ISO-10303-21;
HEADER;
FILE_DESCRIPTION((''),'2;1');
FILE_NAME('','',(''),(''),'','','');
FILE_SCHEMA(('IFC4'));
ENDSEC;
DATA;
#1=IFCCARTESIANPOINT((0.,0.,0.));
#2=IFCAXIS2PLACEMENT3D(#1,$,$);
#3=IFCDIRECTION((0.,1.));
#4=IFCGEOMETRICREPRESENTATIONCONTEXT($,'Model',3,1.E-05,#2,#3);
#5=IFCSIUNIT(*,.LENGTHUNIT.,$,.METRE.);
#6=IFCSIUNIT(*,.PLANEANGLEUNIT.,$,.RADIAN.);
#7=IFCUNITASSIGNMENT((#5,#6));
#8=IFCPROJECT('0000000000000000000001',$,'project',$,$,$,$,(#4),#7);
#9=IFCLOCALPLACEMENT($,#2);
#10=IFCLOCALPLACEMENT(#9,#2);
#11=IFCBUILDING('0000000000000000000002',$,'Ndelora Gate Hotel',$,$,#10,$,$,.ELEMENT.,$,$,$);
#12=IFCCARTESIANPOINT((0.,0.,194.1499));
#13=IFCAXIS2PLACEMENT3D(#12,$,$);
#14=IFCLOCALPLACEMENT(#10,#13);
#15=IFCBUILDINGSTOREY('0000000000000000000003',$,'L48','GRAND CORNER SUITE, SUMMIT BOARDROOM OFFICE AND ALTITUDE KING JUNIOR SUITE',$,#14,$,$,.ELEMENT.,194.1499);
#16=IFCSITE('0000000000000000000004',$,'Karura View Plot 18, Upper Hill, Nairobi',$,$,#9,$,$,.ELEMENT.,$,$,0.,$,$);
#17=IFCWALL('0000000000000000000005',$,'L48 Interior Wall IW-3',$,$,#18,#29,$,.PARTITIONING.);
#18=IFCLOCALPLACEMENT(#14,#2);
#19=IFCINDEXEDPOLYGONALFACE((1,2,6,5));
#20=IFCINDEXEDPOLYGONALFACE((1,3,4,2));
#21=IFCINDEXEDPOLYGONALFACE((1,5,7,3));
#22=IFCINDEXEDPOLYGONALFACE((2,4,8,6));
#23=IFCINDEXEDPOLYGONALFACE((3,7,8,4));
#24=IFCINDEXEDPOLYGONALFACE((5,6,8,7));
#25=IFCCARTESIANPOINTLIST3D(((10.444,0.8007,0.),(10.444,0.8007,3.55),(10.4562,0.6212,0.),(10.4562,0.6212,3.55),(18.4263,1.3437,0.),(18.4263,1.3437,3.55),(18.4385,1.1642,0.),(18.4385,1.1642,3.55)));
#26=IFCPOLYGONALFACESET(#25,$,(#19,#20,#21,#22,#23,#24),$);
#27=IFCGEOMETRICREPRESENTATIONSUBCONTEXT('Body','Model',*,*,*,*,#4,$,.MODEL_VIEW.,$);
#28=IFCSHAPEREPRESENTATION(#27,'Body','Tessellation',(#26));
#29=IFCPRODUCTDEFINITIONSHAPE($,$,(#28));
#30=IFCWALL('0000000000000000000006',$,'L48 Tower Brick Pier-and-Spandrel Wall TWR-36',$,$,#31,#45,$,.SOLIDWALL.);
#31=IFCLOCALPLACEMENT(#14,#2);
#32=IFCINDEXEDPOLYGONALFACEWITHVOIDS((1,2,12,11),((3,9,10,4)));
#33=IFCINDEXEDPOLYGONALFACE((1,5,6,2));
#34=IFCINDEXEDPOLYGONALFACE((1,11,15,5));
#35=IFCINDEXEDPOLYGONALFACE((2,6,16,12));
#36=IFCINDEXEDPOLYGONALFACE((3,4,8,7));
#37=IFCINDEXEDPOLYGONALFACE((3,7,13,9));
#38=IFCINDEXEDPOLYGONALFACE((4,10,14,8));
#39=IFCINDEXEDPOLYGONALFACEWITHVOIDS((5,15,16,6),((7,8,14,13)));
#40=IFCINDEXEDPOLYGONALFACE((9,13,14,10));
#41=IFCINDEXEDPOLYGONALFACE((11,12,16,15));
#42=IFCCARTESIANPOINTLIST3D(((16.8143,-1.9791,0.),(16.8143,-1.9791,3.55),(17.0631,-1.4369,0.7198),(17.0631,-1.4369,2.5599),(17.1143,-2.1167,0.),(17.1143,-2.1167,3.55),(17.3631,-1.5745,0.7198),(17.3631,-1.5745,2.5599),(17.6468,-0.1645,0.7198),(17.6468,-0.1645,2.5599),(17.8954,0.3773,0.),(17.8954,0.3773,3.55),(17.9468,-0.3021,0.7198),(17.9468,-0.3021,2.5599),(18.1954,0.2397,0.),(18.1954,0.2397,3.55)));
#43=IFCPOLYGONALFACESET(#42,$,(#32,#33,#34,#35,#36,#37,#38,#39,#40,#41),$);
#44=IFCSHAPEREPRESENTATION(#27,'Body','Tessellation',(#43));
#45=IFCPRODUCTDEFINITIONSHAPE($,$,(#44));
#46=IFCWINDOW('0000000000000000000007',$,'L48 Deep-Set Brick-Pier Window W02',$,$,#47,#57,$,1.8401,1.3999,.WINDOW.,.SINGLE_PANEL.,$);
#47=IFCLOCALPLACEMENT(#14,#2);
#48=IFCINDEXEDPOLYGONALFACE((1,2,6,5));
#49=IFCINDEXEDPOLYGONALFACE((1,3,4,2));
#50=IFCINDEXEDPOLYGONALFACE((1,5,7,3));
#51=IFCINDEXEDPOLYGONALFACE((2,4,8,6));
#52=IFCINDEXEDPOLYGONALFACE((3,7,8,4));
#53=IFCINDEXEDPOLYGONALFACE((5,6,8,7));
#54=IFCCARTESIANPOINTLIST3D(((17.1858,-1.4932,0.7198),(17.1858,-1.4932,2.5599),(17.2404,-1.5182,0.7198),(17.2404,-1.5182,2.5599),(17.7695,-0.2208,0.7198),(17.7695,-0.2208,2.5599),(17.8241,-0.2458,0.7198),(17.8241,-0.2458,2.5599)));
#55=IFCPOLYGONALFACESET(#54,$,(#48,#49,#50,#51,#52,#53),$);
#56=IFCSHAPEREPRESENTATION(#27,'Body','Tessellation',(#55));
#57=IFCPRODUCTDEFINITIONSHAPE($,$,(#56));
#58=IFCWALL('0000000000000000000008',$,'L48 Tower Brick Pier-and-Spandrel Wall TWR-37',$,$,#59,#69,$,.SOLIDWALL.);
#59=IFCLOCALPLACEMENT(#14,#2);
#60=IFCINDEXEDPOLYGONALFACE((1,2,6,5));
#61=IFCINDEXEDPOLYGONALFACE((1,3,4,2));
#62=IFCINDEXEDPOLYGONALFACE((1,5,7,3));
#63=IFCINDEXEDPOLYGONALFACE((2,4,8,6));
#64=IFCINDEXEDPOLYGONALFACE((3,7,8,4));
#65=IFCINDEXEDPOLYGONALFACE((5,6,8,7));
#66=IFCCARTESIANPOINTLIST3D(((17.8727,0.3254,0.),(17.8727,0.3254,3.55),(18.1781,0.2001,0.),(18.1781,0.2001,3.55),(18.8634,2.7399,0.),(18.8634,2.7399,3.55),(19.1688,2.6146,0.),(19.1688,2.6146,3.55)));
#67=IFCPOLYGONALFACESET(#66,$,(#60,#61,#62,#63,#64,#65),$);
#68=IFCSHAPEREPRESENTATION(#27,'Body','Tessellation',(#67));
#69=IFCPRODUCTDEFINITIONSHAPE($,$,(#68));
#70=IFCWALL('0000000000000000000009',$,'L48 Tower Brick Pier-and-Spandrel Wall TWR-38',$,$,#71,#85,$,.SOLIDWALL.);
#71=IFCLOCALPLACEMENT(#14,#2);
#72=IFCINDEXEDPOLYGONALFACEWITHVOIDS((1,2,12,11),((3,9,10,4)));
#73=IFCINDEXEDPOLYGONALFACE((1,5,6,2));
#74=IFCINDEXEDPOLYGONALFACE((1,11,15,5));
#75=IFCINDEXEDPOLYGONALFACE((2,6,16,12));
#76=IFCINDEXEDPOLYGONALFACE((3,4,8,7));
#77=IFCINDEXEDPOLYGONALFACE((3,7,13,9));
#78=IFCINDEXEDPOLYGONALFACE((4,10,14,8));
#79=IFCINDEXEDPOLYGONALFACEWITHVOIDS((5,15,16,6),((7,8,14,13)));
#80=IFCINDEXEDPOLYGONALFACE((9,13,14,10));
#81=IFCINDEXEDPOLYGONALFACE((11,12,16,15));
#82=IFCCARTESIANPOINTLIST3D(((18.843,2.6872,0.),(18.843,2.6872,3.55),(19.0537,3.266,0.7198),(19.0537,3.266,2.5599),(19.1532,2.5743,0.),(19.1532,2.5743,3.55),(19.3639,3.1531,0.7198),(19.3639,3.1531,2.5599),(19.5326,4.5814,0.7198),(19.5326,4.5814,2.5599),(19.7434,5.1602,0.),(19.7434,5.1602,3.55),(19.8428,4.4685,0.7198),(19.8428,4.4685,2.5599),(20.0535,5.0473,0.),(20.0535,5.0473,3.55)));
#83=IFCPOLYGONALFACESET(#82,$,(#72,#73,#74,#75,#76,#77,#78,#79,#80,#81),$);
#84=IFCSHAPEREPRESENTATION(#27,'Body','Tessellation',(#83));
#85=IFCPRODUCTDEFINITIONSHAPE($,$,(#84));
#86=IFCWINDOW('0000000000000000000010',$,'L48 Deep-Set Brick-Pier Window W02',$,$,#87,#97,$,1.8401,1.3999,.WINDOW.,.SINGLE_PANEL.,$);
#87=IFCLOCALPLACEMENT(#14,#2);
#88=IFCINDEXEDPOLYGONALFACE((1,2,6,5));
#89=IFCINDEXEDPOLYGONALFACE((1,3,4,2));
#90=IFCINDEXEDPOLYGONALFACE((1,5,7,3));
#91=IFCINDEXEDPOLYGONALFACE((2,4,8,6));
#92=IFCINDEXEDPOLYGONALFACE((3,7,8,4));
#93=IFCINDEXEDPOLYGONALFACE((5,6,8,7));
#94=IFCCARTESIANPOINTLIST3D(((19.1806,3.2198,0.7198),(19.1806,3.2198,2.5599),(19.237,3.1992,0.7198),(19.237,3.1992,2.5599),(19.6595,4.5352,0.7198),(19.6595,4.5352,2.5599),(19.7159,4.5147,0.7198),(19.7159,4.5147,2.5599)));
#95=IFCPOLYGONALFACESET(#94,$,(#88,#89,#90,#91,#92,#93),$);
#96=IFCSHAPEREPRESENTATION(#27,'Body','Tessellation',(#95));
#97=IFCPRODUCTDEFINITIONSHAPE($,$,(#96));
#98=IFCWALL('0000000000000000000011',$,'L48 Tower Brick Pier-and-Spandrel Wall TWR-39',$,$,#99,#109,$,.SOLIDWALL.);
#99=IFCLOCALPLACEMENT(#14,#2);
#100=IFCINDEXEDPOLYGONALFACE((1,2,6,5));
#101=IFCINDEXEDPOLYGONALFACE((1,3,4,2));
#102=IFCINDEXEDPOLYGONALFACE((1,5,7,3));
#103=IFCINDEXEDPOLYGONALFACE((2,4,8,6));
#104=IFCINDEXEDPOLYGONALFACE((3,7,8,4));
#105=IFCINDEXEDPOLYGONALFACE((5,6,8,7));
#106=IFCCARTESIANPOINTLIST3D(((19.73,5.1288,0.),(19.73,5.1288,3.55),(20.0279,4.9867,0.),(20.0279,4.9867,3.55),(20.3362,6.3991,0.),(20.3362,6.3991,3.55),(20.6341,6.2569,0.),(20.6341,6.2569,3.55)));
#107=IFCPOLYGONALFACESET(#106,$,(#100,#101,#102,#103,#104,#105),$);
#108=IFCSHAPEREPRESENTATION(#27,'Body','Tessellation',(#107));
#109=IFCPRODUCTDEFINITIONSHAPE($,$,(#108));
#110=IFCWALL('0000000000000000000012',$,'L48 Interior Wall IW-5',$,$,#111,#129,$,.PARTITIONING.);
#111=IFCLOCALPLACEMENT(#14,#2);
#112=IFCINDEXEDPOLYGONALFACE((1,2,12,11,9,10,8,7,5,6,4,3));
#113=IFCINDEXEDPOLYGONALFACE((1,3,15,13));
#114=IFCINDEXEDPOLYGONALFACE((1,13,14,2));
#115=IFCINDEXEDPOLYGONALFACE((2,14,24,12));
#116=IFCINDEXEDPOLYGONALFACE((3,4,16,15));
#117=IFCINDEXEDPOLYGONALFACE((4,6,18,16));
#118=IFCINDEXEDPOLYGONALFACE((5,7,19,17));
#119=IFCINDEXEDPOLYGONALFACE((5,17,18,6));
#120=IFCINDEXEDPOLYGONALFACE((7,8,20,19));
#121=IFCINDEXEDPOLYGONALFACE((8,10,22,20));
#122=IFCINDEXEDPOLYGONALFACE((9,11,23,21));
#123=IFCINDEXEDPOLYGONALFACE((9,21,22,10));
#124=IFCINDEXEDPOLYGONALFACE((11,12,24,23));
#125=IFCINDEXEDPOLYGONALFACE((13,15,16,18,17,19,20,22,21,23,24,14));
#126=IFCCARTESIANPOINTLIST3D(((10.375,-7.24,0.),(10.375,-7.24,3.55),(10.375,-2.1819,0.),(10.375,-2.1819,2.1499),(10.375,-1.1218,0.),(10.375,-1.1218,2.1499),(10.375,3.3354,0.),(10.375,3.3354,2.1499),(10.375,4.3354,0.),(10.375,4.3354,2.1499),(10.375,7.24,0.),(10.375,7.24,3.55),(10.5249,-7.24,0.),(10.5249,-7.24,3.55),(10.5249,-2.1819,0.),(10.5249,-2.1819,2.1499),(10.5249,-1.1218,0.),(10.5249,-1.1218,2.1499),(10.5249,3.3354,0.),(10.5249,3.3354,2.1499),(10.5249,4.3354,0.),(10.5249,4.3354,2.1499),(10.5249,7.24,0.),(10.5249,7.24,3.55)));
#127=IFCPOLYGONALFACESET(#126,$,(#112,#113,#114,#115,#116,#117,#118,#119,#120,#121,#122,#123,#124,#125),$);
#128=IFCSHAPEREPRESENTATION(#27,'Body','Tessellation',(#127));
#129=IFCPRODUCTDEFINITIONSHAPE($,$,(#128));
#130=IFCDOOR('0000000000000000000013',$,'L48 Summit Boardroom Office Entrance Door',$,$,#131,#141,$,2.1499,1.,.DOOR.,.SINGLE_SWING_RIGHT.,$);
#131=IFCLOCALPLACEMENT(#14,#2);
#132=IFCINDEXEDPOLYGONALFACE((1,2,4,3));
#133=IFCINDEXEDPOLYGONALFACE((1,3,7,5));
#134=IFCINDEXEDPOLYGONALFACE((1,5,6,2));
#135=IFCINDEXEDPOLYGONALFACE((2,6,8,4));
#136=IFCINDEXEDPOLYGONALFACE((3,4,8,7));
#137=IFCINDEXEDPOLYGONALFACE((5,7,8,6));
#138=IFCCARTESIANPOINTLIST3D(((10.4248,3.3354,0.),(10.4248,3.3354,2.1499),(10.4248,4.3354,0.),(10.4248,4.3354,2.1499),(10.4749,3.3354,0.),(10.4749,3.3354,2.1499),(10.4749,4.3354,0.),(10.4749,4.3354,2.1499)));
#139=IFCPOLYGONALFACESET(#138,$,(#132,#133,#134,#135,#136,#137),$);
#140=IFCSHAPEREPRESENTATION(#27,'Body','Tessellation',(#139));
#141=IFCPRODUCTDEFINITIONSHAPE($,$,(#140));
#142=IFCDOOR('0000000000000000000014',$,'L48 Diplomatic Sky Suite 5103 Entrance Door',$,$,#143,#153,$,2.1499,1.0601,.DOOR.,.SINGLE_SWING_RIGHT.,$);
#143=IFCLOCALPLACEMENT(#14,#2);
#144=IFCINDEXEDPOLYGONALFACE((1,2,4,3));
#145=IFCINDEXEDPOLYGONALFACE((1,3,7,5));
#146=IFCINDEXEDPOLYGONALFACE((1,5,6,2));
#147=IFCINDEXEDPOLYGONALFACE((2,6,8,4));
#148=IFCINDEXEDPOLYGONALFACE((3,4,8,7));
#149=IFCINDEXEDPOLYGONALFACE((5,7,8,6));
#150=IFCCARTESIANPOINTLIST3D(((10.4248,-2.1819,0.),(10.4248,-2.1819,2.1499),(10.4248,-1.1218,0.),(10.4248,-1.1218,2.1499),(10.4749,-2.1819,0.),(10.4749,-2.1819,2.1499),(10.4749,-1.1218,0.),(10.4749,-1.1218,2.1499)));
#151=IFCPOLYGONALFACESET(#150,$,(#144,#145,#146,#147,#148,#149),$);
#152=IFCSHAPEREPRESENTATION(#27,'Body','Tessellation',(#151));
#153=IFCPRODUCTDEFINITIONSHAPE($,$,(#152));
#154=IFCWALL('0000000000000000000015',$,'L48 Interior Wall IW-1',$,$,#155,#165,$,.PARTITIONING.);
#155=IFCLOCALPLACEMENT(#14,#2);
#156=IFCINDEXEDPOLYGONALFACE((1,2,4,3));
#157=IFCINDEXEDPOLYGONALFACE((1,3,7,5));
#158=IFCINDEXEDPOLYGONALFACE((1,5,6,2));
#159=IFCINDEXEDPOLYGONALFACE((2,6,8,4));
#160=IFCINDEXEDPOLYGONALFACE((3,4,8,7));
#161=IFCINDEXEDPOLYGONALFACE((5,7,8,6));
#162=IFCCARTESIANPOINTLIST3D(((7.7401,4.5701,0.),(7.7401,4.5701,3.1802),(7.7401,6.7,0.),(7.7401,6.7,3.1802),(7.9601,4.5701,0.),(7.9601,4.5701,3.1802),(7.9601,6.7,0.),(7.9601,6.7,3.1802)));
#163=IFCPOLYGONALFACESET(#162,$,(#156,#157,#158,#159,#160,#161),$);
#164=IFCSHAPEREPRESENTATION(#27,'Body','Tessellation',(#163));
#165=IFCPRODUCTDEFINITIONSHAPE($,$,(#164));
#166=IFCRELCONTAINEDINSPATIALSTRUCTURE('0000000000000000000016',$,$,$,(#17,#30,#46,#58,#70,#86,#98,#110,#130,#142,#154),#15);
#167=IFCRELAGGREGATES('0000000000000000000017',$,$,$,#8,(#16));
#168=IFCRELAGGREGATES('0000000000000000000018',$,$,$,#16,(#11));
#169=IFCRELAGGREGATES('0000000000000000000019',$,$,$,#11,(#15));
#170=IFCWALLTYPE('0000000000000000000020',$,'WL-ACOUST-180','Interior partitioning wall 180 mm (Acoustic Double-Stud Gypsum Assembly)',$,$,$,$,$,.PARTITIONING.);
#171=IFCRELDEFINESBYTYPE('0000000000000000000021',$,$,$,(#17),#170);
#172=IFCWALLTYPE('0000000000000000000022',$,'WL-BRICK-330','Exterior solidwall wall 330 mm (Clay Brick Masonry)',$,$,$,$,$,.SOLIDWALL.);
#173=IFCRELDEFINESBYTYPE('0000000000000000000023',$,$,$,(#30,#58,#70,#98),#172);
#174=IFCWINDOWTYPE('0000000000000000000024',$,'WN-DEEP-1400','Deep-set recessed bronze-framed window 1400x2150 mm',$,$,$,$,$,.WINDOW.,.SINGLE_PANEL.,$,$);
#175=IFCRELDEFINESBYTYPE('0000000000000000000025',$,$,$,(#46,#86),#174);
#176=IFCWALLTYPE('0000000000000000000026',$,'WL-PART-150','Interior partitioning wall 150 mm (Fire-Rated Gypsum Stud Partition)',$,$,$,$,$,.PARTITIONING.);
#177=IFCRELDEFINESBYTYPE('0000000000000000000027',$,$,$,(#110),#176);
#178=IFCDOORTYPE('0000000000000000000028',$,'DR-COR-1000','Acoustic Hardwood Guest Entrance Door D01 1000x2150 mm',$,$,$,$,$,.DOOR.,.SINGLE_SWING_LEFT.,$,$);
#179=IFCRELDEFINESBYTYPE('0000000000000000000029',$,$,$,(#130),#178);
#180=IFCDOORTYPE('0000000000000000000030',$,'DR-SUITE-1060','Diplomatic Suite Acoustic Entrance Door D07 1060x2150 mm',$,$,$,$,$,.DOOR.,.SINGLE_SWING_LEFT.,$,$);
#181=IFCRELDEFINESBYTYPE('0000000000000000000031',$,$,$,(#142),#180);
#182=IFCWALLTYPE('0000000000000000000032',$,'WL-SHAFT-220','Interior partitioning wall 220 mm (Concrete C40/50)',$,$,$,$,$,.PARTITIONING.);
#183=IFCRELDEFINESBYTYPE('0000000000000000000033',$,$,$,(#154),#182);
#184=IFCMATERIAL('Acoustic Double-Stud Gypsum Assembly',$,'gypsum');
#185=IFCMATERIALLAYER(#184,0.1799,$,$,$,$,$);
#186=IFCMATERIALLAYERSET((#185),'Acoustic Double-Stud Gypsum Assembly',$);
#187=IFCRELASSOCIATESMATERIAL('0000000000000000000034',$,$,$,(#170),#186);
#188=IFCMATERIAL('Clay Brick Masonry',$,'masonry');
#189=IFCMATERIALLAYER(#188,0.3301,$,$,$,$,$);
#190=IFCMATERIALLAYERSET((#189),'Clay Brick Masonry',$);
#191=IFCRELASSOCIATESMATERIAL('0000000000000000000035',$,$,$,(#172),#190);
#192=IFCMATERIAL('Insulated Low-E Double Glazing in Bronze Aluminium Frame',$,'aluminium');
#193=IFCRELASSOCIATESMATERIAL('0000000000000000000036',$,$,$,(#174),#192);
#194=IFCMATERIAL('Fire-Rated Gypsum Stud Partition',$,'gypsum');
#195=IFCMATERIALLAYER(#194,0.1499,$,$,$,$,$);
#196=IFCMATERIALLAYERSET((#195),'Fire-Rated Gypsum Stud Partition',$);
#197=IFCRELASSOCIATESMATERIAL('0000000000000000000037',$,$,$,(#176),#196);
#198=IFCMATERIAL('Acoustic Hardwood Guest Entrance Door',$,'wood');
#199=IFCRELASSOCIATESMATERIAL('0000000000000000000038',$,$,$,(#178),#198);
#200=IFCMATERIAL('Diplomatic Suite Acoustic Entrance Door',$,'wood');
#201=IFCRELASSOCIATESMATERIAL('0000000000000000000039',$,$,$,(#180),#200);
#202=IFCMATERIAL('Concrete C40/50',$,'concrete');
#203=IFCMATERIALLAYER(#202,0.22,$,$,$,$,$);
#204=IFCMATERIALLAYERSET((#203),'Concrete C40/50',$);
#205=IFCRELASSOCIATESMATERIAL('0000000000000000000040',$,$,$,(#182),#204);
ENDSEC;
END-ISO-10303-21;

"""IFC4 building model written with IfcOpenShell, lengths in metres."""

from ifc_helpers import new_model, si_unit, direction, frame, frame_2d, origin, place, context, subcontext, project, spatial, rectangle, extrude, material, layer, layer_set, type_object, element, fill, save


model = new_model("IFC4")

# Units and contexts
model_context = context("Model", 3, precision=1e-05, world=origin(), true_north=direction((0.0, 1.0)))
body_context = subcontext(model_context, "Body", "Model", "MODEL_VIEW")
ifc_project = project(units=[si_unit("LENGTHUNIT", "METRE"), si_unit("PLANEANGLEUNIT", "RADIAN")], contexts=[model_context])

# Site, building, storey
site_placement = place(None, origin())
site = spatial("IfcSite", under=ifc_project, at=site_placement, Name="Karura View Plot 18, Upper Hill, Nairobi", CompositionType="ELEMENT", RefElevation=0.0)
building_placement = place(site_placement, origin())
building = spatial("IfcBuilding", under=site, at=building_placement, Name="Ndelora Gate Hotel", CompositionType="ELEMENT")
storey_placement = place(building_placement, frame((0.0, 0.0, 194.1499)))
storey = spatial("IfcBuildingStorey", under=building, at=storey_placement, Name="L48", Description="GRAND CORNER SUITE, SUMMIT BOARDROOM OFFICE AND ALTITUDE KING JUNIOR SUITE", CompositionType="ELEMENT", Elevation=194.1499)

# Wall
ifc_material_1 = material(Name="Acoustic Double-Stud Gypsum Assembly", Category="gypsum")
ifc_layer_1 = layer(ifc_material_1, 0.1799)
ifc_layer_set_1 = layer_set([ifc_layer_1], Name="Acoustic Double-Stud Gypsum Assembly")
wall_type_1 = type_object("IfcWallType", Name="WL-ACOUST-180", Description="Interior partitioning wall 180 mm (Acoustic Double-Stud Gypsum Assembly)", PredefinedType="PARTITIONING", material=ifc_layer_set_1)
wall_1_placement = place(storey_placement, frame((10.45, 0.7109, 0.0), z_axis=(0.0, 0.0, 1.0), x_axis=(0.997694, 0.067866, 0.0)))
element("IfcWall", 1, at=wall_1_placement, inside=storey, type_object=wall_type_1, Name="L48 Interior Wall IW-3", PredefinedType="PARTITIONING", context=body_context, shape_type="SweptSolid", body=[
    extrude(rectangle(XDim=8.0007, YDim=0.1799, at=frame_2d((4.0005, 0.0))), origin(), (0.0, 0.0, 1.0), 3.55),
])

# Wall, opening, window
ifc_material_2 = material(Name="Clay Brick Masonry", Category="masonry")
ifc_layer_2 = layer(ifc_material_2, 0.3301)
ifc_layer_set_2 = layer_set([ifc_layer_2], Name="Clay Brick Masonry")
wall_type_2 = type_object("IfcWallType", Name="WL-BRICK-330", Description="Exterior solidwall wall 330 mm (Clay Brick Masonry)", PredefinedType="SOLIDWALL", material=ifc_layer_set_2)
wall_2_placement = place(storey_placement, frame((18.0454, 0.3086, 0.0), z_axis=(0.0, 0.0, 1.0), x_axis=(-0.416979, -0.908916, 0.0)))
wall_2 = element("IfcWall", 2, at=wall_2_placement, inside=storey, type_object=wall_type_2, Name="L48 Tower Brick Pier-and-Spandrel Wall TWR-36", PredefinedType="SOLIDWALL", context=body_context, shape_type="SweptSolid", body=[
    extrude(rectangle(XDim=2.5925, YDim=0.3301, at=frame_2d((1.2964, 0.0))), origin(), (0.0, 0.0, 1.0), 3.55),
])
opening_1_placement = place(wall_2_placement, frame((0.5962, 0.0, 0.72)))
opening_1 = element("IfcOpeningElement", 3, at=opening_1_placement, cuts=wall_2, PredefinedType="OPENING", context=body_context, shape_type="SweptSolid", body=[
    extrude(rectangle(XDim=1.3999, YDim=1.8401, at=frame_2d((0.7, 0.9199))), frame((0.0, 0.175, 0.0), z_axis=(0.0, -1.0, 0.0), x_axis=(1.0, 0.0, 0.0)), (0.0, 0.0, 1.0), 0.3501),
])
ifc_material_3 = material(Name="Insulated Low-E Double Glazing in Bronze Aluminium Frame", Category="aluminium")
window_type = type_object("IfcWindowType", Name="WN-DEEP-1400", Description="Deep-set recessed bronze-framed window 1400x2150 mm", PartitioningType="SINGLE_PANEL", PredefinedType="WINDOW", material=ifc_material_3)
window_1_placement = place(opening_1_placement, origin())
window_1 = element("IfcWindow", 4, at=window_1_placement, inside=storey, type_object=window_type, Name="L48 Deep-Set Brick-Pier Window W02", OverallHeight=1.8401, OverallWidth=1.3999, PartitioningType="SINGLE_PANEL", PredefinedType="WINDOW", context=body_context, shape_type="SweptSolid", body=[
    extrude(rectangle(XDim=1.3999, YDim=1.8401, at=frame_2d((0.7, 0.9199))), frame((0.0, 0.03, 0.0), z_axis=(0.0, -1.0, 0.0), x_axis=(1.0, 0.0, 0.0)), (0.0, 0.0, 1.0), 0.0601),
])
fill(opening_1, window_1)

# Wall
wall_3_placement = place(storey_placement, frame((19.0161, 2.6772, 0.0), z_axis=(0.0, 0.0, 1.0), x_axis=(-0.379602, -0.92515, 0.0)))
element("IfcWall", 5, at=wall_3_placement, inside=storey, type_object=wall_type_2, Name="L48 Tower Brick Pier-and-Spandrel Wall TWR-37", PredefinedType="SOLIDWALL", context=body_context, shape_type="SweptSolid", body=[
    extrude(rectangle(XDim=2.6099, YDim=0.3301, at=frame_2d((1.3049, 0.0))), origin(), (0.0, 0.0, 1.0), 3.55),
])

# Wall, opening, window
wall_4_placement = place(storey_placement, frame((19.8984, 5.1038, 0.0), z_axis=(0.0, 0.0, 1.0), x_axis=(-0.342101, -0.939663, 0.0)))
wall_4 = element("IfcWall", 6, at=wall_4_placement, inside=storey, type_object=wall_type_2, Name="L48 Tower Brick Pier-and-Spandrel Wall TWR-38", PredefinedType="SOLIDWALL", context=body_context, shape_type="SweptSolid", body=[
    extrude(rectangle(XDim=2.6318, YDim=0.3301, at=frame_2d((1.3159, 0.0))), origin(), (0.0, 0.0, 1.0), 3.55),
])
opening_2_placement = place(wall_4_placement, frame((0.616, 0.0, 0.72)))
opening_2 = element("IfcOpeningElement", 7, at=opening_2_placement, cuts=wall_4, PredefinedType="OPENING", context=body_context, shape_type="SweptSolid", body=[
    extrude(rectangle(XDim=1.3999, YDim=1.8401, at=frame_2d((0.7, 0.9199))), frame((0.0, 0.175, 0.0), z_axis=(0.0, -1.0, 0.0), x_axis=(1.0, 0.0, 0.0)), (0.0, 0.0, 1.0), 0.3501),
])
window_2_placement = place(opening_2_placement, origin())
window_2 = element("IfcWindow", 8, at=window_2_placement, inside=storey, type_object=window_type, Name="L48 Deep-Set Brick-Pier Window W02", OverallHeight=1.8401, OverallWidth=1.3999, PartitioningType="SINGLE_PANEL", PredefinedType="WINDOW", context=body_context, shape_type="SweptSolid", body=[
    extrude(rectangle(XDim=1.3999, YDim=1.8401, at=frame_2d((0.7, 0.9199))), frame((0.0, 0.03, 0.0), z_axis=(0.0, -1.0, 0.0), x_axis=(1.0, 0.0, 0.0)), (0.0, 0.0, 1.0), 0.0601),
])
fill(opening_2, window_2)

# Wall
wall_5_placement = place(storey_placement, frame((20.4851, 6.3279, 0.0), z_axis=(0.0, 0.0, 1.0), x_axis=(-0.430694, -0.902498, 0.0)))
element("IfcWall", 9, at=wall_5_placement, inside=storey, type_object=wall_type_2, Name="L48 Tower Brick Pier-and-Spandrel Wall TWR-39", PredefinedType="SOLIDWALL", context=body_context, shape_type="SweptSolid", body=[
    extrude(rectangle(XDim=1.4075, YDim=0.3301, at=frame_2d((0.7036, 0.0))), origin(), (0.0, 0.0, 1.0), 3.55),
])

# Shared definitions
ifc_material_4 = material(Name="Concrete C40/50", Category="concrete")

# Wall, openings, doors
ifc_material_5 = material(Name="Fire-Rated Gypsum Stud Partition", Category="gypsum")
ifc_layer_3 = layer(ifc_material_5, 0.1499)
ifc_layer_set_3 = layer_set([ifc_layer_3], Name="Fire-Rated Gypsum Stud Partition")
wall_type_3 = type_object("IfcWallType", Name="WL-PART-150", Description="Interior partitioning wall 150 mm (Fire-Rated Gypsum Stud Partition)", PredefinedType="PARTITIONING", material=ifc_layer_set_3)
wall_6_placement = place(storey_placement, frame((10.45, 7.24, 0.0), z_axis=(0.0, 0.0, 1.0), x_axis=(0.0, -1.0, 0.0)))
wall_6 = element("IfcWall", 10, at=wall_6_placement, inside=storey, type_object=wall_type_3, Name="L48 Interior Wall IW-5", PredefinedType="PARTITIONING", context=body_context, shape_type="SweptSolid", body=[
    extrude(rectangle(XDim=14.48, YDim=0.1499, at=frame_2d((7.24, 0.0))), origin(), (0.0, 0.0, 1.0), 3.55),
])
opening_3_placement = place(wall_6_placement, frame((8.3618, 0.0, 0.0)))
opening_3 = element("IfcOpeningElement", 11, at=opening_3_placement, cuts=wall_6, PredefinedType="OPENING", context=body_context, shape_type="SweptSolid", body=[
    extrude(rectangle(XDim=1.0601, YDim=2.1499, at=frame_2d((0.53, 1.075))), frame((0.0, 0.085, 0.0), z_axis=(0.0, -1.0, 0.0), x_axis=(1.0, 0.0, 0.0)), (0.0, 0.0, 1.0), 0.1699),
])
opening_4_placement = place(wall_6_placement, frame((2.9045, 0.0, 0.0)))
opening_4 = element("IfcOpeningElement", 12, at=opening_4_placement, cuts=wall_6, PredefinedType="OPENING", context=body_context, shape_type="SweptSolid", body=[
    extrude(rectangle(XDim=1.0, YDim=2.1499, at=frame_2d((0.5, 1.075))), frame((0.0, 0.085, 0.0), z_axis=(0.0, -1.0, 0.0), x_axis=(1.0, 0.0, 0.0)), (0.0, 0.0, 1.0), 0.1699),
])
ifc_material_6 = material(Name="Acoustic Hardwood Guest Entrance Door", Category="wood")
door_type_1 = type_object("IfcDoorType", Name="DR-COR-1000", Description="Acoustic Hardwood Guest Entrance Door D01 1000x2150 mm", OperationType="SINGLE_SWING_LEFT", PredefinedType="DOOR", material=ifc_material_6)
door_1_placement = place(opening_4_placement, origin())
door_1 = element("IfcDoor", 13, at=door_1_placement, inside=storey, type_object=door_type_1, Name="L48 Summit Boardroom Office Entrance Door", OperationType="SINGLE_SWING_RIGHT", OverallHeight=2.1499, OverallWidth=1.0, PredefinedType="DOOR", context=body_context, shape_type="SweptSolid", body=[
    extrude(rectangle(XDim=1.0, YDim=2.1499, at=frame_2d((0.5, 1.075))), frame((0.0, 0.0249, 0.0), z_axis=(0.0, -1.0, 0.0), x_axis=(1.0, 0.0, 0.0)), (0.0, 0.0, 1.0), 0.05),
])
fill(opening_4, door_1)
ifc_material_7 = material(Name="Diplomatic Suite Acoustic Entrance Door", Category="wood")
door_type_2 = type_object("IfcDoorType", Name="DR-SUITE-1060", Description="Diplomatic Suite Acoustic Entrance Door D07 1060x2150 mm", OperationType="SINGLE_SWING_LEFT", PredefinedType="DOOR", material=ifc_material_7)
door_2_placement = place(opening_3_placement, origin())
door_2 = element("IfcDoor", 14, at=door_2_placement, inside=storey, type_object=door_type_2, Name="L48 Diplomatic Sky Suite 5103 Entrance Door", OperationType="SINGLE_SWING_RIGHT", OverallHeight=2.1499, OverallWidth=1.0601, PredefinedType="DOOR", context=body_context, shape_type="SweptSolid", body=[
    extrude(rectangle(XDim=1.0601, YDim=2.1499, at=frame_2d((0.53, 1.075))), frame((0.0, 0.0249, 0.0), z_axis=(0.0, -1.0, 0.0), x_axis=(1.0, 0.0, 0.0)), (0.0, 0.0, 1.0), 0.05),
])
fill(opening_3, door_2)

# Wall
ifc_layer_4 = layer(ifc_material_4, 0.22)
ifc_layer_set_4 = layer_set([ifc_layer_4], Name="Concrete C40/50")
wall_type_4 = type_object("IfcWallType", Name="WL-SHAFT-220", Description="Interior partitioning wall 220 mm (Concrete C40/50)", PredefinedType="PARTITIONING", material=ifc_layer_set_4)
wall_7_placement = place(storey_placement, frame((7.8501, 4.5701, 0.0), z_axis=(0.0, 0.0, 1.0), x_axis=(0.0, 1.0, 0.0)))
element("IfcWall", 15, at=wall_7_placement, inside=storey, type_object=wall_type_4, Name="L48 Interior Wall IW-1", PredefinedType="PARTITIONING", context=body_context, shape_type="SweptSolid", body=[
    extrude(rectangle(XDim=2.1299, YDim=0.22, at=frame_2d((1.0649, 0.0))), origin(), (0.0, 0.0, 1.0), 3.1802),
])

save(model, "model.ifc")
